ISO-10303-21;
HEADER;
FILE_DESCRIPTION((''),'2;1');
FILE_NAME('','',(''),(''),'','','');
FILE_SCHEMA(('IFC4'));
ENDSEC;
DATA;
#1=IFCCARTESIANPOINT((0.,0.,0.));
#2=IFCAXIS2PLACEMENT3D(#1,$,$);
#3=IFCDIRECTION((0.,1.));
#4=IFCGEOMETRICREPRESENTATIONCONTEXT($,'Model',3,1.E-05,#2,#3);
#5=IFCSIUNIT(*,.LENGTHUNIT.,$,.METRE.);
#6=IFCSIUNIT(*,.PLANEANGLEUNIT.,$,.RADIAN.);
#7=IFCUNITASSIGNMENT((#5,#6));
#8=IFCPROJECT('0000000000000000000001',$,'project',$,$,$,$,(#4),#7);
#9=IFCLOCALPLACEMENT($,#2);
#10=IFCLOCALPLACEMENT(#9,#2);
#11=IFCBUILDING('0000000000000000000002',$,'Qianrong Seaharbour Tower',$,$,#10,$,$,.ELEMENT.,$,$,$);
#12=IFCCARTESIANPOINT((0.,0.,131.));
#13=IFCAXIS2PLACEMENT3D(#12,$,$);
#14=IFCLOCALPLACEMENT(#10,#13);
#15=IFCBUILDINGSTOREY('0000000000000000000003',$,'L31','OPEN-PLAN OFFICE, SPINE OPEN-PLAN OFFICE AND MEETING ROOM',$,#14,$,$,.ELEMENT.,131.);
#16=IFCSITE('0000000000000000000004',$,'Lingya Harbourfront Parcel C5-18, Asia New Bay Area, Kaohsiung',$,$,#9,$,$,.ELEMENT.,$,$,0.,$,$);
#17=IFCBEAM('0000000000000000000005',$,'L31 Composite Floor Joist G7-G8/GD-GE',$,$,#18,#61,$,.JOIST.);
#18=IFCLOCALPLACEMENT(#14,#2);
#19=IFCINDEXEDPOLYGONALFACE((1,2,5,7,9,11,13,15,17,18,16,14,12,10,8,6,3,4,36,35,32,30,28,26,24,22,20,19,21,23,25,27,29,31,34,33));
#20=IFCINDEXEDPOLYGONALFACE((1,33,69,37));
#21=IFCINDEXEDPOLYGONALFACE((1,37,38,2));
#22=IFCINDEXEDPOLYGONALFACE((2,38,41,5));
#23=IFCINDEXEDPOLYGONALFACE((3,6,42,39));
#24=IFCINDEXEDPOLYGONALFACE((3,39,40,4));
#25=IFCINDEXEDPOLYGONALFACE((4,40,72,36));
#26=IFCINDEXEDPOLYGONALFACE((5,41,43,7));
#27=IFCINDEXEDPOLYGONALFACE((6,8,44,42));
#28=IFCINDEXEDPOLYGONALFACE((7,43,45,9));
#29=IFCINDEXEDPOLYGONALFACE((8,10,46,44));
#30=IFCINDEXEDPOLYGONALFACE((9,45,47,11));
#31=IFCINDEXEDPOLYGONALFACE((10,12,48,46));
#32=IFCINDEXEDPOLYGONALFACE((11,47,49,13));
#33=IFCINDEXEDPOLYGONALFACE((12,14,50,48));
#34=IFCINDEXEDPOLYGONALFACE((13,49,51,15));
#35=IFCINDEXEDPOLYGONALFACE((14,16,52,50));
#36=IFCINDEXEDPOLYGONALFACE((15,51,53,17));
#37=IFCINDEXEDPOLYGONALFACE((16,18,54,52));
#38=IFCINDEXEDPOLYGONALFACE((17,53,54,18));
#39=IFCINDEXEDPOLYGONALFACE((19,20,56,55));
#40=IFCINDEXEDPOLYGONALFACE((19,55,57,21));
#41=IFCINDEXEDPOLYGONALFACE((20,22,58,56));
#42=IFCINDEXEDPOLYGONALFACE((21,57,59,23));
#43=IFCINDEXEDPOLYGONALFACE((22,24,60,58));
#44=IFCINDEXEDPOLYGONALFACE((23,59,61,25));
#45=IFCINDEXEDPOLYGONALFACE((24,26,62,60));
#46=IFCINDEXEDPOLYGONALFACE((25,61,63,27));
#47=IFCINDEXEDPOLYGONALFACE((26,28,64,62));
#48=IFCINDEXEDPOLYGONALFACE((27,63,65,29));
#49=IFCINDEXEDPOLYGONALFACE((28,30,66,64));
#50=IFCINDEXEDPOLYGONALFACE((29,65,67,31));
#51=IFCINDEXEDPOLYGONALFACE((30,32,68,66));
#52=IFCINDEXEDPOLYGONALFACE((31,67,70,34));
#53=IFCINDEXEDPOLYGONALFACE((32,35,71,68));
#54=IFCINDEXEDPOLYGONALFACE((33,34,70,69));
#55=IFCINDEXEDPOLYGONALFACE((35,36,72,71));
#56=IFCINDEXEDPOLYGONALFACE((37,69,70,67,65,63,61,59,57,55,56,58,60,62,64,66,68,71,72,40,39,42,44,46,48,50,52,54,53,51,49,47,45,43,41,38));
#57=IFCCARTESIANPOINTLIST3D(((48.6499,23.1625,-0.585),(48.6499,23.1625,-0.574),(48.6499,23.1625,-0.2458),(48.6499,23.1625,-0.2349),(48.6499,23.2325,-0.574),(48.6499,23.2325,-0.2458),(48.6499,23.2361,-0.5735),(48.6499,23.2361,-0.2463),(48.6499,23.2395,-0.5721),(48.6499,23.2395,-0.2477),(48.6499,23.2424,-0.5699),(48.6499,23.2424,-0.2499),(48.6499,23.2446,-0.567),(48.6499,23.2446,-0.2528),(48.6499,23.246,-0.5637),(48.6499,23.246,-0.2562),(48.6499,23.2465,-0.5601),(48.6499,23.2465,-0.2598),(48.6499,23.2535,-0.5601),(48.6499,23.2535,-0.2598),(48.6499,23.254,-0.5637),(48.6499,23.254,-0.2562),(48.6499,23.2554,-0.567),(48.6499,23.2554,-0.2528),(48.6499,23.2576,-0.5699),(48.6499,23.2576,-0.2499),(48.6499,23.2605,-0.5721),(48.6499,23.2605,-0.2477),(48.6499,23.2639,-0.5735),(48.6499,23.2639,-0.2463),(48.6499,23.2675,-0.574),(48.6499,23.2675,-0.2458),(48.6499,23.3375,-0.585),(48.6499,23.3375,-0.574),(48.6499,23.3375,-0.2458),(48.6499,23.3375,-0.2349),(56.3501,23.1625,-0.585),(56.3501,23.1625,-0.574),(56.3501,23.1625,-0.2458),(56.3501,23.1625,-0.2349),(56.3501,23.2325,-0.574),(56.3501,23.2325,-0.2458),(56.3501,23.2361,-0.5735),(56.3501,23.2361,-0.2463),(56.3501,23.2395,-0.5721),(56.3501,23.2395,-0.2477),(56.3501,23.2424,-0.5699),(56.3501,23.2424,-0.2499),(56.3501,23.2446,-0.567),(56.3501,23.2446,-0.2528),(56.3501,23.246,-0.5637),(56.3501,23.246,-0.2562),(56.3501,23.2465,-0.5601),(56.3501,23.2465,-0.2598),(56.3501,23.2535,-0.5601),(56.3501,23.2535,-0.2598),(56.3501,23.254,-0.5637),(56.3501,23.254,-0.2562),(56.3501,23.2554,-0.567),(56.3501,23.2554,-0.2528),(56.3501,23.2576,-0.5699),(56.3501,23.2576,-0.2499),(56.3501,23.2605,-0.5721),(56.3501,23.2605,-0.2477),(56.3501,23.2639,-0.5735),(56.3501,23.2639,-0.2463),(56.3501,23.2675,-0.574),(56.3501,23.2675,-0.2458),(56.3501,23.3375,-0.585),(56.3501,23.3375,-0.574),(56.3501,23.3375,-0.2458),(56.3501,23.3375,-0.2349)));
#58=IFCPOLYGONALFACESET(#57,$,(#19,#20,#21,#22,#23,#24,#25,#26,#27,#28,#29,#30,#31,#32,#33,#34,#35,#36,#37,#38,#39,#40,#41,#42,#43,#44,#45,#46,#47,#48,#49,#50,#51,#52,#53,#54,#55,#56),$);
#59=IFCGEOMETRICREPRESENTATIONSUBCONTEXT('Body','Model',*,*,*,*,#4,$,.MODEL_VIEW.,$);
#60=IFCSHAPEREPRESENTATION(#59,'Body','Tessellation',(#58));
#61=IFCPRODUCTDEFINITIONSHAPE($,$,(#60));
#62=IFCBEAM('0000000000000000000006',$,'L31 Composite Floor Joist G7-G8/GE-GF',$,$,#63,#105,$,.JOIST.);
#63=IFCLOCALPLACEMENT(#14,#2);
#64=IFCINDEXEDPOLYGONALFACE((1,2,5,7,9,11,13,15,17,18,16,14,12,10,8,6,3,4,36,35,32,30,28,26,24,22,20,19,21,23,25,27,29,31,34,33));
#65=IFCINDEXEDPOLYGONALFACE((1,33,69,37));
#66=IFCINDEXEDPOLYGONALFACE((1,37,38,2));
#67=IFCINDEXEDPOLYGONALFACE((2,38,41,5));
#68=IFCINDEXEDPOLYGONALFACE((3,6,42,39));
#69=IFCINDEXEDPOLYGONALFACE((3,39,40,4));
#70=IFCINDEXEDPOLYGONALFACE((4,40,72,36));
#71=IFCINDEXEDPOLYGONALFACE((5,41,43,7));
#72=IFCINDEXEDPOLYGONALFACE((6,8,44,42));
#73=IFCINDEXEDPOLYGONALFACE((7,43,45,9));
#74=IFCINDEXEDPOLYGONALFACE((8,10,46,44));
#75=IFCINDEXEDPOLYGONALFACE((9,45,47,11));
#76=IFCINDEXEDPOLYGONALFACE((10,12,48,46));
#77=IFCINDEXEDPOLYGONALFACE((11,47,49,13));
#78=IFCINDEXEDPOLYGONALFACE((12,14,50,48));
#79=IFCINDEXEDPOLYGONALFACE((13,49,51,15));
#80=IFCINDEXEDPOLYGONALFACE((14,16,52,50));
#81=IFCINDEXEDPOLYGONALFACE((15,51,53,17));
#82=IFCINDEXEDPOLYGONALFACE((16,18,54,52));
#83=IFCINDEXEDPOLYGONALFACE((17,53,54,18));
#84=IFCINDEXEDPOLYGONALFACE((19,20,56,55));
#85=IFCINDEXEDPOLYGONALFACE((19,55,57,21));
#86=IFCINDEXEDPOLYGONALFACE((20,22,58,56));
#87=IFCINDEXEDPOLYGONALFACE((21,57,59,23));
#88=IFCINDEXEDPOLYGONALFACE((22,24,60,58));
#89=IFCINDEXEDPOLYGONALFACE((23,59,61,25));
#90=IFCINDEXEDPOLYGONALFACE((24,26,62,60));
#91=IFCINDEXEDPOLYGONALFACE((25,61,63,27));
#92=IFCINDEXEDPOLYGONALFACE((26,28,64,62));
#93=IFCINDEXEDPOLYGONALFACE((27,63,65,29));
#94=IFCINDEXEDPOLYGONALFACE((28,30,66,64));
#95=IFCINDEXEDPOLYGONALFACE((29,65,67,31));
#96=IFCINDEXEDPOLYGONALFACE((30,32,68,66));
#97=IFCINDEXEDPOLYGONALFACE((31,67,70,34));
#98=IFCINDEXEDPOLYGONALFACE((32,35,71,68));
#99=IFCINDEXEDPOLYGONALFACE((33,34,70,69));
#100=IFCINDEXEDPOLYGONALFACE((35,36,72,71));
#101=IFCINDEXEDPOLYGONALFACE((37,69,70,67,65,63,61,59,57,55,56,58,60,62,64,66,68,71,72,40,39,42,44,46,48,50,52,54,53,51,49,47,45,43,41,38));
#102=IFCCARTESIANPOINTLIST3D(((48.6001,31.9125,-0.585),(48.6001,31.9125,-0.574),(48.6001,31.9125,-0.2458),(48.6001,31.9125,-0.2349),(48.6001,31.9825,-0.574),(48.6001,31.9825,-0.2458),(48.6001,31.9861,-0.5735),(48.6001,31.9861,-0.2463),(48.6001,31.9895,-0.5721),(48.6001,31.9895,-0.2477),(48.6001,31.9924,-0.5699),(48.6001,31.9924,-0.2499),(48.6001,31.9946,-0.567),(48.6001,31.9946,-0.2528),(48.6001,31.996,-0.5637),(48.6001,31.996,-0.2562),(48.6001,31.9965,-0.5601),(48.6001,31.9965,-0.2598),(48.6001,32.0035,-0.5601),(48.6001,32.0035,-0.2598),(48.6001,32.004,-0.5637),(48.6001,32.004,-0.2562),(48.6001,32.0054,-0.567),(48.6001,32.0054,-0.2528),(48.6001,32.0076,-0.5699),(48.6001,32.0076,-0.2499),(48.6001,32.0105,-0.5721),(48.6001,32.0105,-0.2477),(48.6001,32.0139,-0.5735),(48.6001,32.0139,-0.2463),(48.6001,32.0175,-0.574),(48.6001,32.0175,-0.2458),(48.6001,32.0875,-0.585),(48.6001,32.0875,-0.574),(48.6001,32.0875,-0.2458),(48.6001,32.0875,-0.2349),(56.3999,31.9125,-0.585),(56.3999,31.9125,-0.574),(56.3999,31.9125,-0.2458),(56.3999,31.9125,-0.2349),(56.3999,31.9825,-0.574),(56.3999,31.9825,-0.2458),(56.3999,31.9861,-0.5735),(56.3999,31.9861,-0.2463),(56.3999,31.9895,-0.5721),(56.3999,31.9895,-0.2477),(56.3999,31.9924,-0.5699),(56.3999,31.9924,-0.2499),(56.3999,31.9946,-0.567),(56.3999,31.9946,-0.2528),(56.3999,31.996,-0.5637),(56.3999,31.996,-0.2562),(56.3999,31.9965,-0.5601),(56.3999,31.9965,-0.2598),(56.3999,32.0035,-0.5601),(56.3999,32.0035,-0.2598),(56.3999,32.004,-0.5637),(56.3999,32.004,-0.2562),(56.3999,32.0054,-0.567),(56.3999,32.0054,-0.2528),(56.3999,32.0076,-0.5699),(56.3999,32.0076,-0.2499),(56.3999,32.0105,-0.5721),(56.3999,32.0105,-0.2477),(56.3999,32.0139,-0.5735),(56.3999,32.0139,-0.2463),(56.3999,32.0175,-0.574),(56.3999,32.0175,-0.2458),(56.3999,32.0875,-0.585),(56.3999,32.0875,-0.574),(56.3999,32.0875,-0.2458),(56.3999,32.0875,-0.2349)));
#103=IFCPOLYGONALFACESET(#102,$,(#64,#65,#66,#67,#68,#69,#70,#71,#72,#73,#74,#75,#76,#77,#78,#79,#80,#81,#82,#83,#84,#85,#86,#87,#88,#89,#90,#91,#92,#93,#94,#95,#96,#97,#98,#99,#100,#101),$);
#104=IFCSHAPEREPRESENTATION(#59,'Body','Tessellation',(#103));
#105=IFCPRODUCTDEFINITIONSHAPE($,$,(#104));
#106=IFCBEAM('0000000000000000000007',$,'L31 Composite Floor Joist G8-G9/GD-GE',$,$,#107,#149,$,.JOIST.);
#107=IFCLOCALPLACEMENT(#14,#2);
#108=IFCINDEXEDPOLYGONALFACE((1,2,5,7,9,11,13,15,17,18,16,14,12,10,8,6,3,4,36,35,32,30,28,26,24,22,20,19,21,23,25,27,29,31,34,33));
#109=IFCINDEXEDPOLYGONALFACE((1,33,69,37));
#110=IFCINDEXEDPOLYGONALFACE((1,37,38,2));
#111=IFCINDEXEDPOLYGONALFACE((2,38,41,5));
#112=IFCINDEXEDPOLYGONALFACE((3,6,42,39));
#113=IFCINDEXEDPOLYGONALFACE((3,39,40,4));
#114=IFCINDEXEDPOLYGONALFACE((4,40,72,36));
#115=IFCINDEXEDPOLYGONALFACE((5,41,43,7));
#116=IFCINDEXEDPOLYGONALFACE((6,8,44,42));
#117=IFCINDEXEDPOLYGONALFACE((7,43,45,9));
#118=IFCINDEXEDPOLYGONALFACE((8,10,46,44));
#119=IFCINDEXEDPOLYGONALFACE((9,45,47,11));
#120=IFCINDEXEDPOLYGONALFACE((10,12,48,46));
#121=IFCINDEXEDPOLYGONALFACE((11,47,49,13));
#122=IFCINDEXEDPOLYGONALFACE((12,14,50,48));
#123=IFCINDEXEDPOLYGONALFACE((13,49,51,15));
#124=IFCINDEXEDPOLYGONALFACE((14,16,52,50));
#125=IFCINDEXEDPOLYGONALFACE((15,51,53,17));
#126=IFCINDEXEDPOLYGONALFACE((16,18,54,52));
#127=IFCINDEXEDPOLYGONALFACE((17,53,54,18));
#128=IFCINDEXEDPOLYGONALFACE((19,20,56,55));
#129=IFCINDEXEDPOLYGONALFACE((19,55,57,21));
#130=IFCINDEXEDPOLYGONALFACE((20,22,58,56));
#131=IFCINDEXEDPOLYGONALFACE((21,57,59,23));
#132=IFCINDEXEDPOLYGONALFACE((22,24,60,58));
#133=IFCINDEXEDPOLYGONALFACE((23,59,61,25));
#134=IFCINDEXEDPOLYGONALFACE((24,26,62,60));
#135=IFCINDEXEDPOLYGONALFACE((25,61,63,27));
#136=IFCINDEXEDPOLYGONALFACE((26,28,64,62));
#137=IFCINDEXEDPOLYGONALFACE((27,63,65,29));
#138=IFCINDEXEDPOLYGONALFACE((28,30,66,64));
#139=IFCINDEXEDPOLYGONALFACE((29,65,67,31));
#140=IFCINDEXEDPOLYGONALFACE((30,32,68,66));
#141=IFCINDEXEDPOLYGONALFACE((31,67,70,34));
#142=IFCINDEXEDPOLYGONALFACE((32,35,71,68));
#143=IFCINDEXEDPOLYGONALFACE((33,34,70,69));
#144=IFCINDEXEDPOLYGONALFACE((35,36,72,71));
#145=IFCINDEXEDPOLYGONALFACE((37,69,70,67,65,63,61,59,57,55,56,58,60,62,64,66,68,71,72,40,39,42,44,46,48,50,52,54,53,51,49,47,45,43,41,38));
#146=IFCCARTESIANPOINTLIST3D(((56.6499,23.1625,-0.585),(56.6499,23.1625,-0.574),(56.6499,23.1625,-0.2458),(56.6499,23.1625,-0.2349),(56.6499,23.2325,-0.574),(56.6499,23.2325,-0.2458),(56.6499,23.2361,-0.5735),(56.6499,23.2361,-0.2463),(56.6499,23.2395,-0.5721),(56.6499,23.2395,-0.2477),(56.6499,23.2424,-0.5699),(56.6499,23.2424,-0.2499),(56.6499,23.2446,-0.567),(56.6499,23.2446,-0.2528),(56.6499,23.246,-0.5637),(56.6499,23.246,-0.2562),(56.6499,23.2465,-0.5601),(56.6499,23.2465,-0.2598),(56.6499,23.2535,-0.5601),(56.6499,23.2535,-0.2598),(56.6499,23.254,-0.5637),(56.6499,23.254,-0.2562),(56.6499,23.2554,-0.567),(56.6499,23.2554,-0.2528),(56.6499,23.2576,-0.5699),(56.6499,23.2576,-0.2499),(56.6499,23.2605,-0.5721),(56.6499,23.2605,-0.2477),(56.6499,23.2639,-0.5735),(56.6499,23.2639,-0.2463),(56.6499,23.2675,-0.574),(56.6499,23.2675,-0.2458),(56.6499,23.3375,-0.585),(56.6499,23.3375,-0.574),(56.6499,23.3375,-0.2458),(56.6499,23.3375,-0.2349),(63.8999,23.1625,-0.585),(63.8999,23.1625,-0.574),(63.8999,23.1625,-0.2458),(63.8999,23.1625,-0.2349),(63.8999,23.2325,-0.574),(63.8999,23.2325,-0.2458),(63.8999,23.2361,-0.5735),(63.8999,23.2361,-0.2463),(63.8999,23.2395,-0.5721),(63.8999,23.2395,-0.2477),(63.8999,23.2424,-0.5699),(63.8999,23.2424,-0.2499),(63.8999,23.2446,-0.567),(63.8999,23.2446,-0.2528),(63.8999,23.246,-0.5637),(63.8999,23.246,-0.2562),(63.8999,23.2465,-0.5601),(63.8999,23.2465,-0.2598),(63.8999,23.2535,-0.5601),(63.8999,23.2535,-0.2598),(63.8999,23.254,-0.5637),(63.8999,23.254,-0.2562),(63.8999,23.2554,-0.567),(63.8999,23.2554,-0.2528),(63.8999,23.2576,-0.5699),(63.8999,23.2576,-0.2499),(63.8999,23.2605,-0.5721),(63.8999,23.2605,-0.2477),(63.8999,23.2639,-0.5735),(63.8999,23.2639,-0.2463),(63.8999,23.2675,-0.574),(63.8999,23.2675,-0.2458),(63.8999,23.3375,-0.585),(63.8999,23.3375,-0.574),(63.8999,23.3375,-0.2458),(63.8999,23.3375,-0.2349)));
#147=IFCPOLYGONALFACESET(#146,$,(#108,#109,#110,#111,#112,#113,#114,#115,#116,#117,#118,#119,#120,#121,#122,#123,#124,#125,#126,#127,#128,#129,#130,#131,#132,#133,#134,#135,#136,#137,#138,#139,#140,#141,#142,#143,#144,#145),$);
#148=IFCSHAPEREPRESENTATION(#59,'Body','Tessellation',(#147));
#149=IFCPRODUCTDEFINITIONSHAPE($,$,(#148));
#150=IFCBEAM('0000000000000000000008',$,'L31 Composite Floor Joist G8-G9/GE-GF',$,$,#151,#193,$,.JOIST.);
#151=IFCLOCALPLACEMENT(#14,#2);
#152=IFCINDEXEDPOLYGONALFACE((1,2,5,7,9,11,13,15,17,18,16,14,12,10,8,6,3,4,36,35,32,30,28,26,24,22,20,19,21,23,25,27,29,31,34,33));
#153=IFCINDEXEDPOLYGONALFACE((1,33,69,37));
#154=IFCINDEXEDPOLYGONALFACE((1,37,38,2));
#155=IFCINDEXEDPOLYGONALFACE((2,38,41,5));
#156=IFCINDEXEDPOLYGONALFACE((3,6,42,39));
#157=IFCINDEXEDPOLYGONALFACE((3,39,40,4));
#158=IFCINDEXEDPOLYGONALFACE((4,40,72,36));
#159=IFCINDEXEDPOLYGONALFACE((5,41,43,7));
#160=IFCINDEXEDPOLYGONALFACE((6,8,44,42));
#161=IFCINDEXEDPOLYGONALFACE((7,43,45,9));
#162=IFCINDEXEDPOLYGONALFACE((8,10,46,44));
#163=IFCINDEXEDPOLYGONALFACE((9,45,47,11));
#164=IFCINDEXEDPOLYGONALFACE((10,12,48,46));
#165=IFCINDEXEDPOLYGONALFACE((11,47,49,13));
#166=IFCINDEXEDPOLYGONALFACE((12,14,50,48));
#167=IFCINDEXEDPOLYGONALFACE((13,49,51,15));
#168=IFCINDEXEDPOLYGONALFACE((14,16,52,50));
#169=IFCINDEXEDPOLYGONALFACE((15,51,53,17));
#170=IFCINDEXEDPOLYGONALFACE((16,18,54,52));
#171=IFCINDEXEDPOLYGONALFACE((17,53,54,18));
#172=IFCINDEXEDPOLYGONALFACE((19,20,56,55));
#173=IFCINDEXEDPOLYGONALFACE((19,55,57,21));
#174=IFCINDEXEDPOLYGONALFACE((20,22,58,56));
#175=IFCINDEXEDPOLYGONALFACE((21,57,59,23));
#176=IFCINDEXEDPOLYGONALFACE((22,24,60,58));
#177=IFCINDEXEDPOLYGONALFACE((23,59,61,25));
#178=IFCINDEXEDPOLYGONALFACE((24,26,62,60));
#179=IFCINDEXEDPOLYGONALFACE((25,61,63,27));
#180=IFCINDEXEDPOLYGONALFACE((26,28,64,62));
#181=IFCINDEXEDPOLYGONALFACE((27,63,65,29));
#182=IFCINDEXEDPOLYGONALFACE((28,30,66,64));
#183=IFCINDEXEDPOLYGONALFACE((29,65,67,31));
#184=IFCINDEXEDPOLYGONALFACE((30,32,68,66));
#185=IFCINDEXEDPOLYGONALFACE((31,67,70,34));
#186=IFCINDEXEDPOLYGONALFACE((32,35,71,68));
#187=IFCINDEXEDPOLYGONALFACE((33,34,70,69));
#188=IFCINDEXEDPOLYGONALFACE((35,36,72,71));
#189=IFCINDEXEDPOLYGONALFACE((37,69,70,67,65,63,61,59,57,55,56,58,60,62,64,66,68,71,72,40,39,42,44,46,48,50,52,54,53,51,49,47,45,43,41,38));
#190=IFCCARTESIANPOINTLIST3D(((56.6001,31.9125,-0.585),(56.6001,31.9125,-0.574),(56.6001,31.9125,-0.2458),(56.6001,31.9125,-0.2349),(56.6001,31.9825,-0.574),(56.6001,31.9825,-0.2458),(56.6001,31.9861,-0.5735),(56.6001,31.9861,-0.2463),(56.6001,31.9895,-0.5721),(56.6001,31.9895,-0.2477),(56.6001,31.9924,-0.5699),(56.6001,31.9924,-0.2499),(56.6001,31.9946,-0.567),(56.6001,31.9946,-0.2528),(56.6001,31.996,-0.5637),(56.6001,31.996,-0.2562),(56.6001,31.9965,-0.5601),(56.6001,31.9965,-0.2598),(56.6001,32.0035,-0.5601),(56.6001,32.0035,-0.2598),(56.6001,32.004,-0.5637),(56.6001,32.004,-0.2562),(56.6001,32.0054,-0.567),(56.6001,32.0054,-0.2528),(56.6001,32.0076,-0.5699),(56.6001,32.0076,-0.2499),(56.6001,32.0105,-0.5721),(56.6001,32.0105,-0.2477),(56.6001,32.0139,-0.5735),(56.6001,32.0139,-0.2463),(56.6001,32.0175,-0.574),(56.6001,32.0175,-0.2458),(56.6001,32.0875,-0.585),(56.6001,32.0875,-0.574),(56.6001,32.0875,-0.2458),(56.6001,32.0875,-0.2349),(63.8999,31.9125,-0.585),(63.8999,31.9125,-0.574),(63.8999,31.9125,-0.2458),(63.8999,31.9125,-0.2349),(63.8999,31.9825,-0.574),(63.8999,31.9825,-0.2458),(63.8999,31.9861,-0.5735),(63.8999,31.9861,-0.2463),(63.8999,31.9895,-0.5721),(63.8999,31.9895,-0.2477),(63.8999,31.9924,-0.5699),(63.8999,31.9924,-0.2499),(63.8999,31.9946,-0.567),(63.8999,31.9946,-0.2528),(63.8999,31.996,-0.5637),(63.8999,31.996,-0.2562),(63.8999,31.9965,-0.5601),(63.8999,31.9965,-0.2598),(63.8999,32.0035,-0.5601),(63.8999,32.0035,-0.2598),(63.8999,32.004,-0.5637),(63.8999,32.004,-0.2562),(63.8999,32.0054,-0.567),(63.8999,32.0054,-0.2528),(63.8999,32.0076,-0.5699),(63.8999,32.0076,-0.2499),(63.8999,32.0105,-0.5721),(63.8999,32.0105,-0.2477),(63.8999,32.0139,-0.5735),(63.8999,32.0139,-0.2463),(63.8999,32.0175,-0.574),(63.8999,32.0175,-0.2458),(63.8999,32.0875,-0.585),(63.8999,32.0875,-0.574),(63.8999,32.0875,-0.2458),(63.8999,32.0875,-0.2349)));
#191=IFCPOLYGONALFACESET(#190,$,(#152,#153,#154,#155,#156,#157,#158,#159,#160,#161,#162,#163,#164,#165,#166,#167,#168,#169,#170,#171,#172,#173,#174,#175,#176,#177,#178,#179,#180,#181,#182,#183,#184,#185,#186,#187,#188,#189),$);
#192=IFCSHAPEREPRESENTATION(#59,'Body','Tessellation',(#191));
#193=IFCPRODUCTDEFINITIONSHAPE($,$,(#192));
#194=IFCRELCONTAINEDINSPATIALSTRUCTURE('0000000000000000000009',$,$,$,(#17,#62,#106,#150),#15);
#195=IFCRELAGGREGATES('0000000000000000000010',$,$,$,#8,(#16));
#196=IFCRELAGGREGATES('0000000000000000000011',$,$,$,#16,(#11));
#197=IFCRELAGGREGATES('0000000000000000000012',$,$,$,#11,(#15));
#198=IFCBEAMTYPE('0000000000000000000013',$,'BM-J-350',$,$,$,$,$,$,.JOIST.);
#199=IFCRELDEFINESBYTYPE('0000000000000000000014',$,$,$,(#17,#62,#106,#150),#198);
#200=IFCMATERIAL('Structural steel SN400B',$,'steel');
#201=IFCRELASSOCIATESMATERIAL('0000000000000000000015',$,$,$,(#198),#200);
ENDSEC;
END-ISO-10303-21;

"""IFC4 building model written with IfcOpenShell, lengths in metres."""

from ifc_helpers import new_model, si_unit, direction, frame, origin, origin_2d, place, context, subcontext, project, spatial, i_section, extrude, material, material_profile, profile_set, type_object, element, save


model = new_model("IFC4")

# Units and contexts
model_context = context("Model", 3, precision=1e-05, world=origin(), true_north=direction((0.0, 1.0)))
body_context = subcontext(model_context, "Body", "Model", "MODEL_VIEW")
ifc_project = project(units=[si_unit("LENGTHUNIT", "METRE"), si_unit("PLANEANGLEUNIT", "RADIAN")], contexts=[model_context])

# Site, building, storey
site_placement = place(None, origin())
site = spatial("IfcSite", under=ifc_project, at=site_placement, Name="Lingya Harbourfront Parcel C5-18, Asia New Bay Area, Kaohsiung", CompositionType="ELEMENT", RefElevation=0.0)
building_placement = place(site_placement, origin())
building = spatial("IfcBuilding", under=site, at=building_placement, Name="Qianrong Seaharbour Tower", CompositionType="ELEMENT")
storey_placement = place(building_placement, frame((0.0, 0.0, 131.0)))
storey = spatial("IfcBuildingStorey", under=building, at=storey_placement, Name="L31", Description="OPEN-PLAN OFFICE, SPINE OPEN-PLAN OFFICE AND MEETING ROOM", CompositionType="ELEMENT", Elevation=131.0)

# Beams
ifc_material_1 = material(Name="Structural steel SN400B", Category="steel")
ifc_material_profile_1 = material_profile(ifc_material_1, i_section(OverallWidth=0.175, OverallDepth=0.3501, WebThickness=0.0071, FlangeThickness=0.011, FilletRadius=0.0139, at=origin_2d()), Name="H350x175x7x11")
ifc_profile_set_1 = profile_set([ifc_material_profile_1], Name="Structural steel SN400B")
beam_type_1 = type_object("IfcBeamType", Name="BM-J-350", PredefinedType="JOIST", material=ifc_profile_set_1)
beam_1_placement = place(storey_placement, frame((48.6499, 23.25, -0.4099), z_axis=(1.0, 0.0, 0.0), x_axis=(0.0, 1.0, 0.0)))
element("IfcBeam", 1, at=beam_1_placement, inside=storey, type_object=beam_type_1, Name="L31 Composite Floor Joist G7-G8/GD-GE", PredefinedType="JOIST", context=body_context, shape_type="SweptSolid", body=[
    extrude(i_section(OverallWidth=0.175, OverallDepth=0.3501, WebThickness=0.0071, FlangeThickness=0.011, FilletRadius=0.0139, at=origin_2d()), origin(), (0.0, 0.0, 1.0), 7.7002),
])
beam_2_placement = place(storey_placement, frame((48.6001, 32.0, -0.4099), z_axis=(1.0, 0.0, 0.0), x_axis=(0.0, 1.0, 0.0)))
element("IfcBeam", 2, at=beam_2_placement, inside=storey, type_object=beam_type_1, Name="L31 Composite Floor Joist G7-G8/GE-GF", PredefinedType="JOIST", context=body_context, shape_type="SweptSolid", body=[
    extrude(i_section(OverallWidth=0.175, OverallDepth=0.3501, WebThickness=0.0071, FlangeThickness=0.011, FilletRadius=0.0139, at=origin_2d()), origin(), (0.0, 0.0, 1.0), 7.7998),
])
beam_3_placement = place(storey_placement, frame((56.6499, 23.25, -0.4099), z_axis=(1.0, 0.0, 0.0), x_axis=(0.0, 1.0, 0.0)))
element("IfcBeam", 3, at=beam_3_placement, inside=storey, type_object=beam_type_1, Name="L31 Composite Floor Joist G8-G9/GD-GE", PredefinedType="JOIST", context=body_context, shape_type="SweptSolid", body=[
    extrude(i_section(OverallWidth=0.175, OverallDepth=0.3501, WebThickness=0.0071, FlangeThickness=0.011, FilletRadius=0.0139, at=origin_2d()), origin(), (0.0, 0.0, 1.0), 7.25),
])
beam_4_placement = place(storey_placement, frame((56.6001, 32.0, -0.4099), z_axis=(1.0, 0.0, 0.0), x_axis=(0.0, 1.0, 0.0)))
element("IfcBeam", 4, at=beam_4_placement, inside=storey, type_object=beam_type_1, Name="L31 Composite Floor Joist G8-G9/GE-GF", PredefinedType="JOIST", context=body_context, shape_type="SweptSolid", body=[
    extrude(i_section(OverallWidth=0.175, OverallDepth=0.3501, WebThickness=0.0071, FlangeThickness=0.011, FilletRadius=0.0139, at=origin_2d()), origin(), (0.0, 0.0, 1.0), 7.2998),
])

save(model, "model.ifc")
